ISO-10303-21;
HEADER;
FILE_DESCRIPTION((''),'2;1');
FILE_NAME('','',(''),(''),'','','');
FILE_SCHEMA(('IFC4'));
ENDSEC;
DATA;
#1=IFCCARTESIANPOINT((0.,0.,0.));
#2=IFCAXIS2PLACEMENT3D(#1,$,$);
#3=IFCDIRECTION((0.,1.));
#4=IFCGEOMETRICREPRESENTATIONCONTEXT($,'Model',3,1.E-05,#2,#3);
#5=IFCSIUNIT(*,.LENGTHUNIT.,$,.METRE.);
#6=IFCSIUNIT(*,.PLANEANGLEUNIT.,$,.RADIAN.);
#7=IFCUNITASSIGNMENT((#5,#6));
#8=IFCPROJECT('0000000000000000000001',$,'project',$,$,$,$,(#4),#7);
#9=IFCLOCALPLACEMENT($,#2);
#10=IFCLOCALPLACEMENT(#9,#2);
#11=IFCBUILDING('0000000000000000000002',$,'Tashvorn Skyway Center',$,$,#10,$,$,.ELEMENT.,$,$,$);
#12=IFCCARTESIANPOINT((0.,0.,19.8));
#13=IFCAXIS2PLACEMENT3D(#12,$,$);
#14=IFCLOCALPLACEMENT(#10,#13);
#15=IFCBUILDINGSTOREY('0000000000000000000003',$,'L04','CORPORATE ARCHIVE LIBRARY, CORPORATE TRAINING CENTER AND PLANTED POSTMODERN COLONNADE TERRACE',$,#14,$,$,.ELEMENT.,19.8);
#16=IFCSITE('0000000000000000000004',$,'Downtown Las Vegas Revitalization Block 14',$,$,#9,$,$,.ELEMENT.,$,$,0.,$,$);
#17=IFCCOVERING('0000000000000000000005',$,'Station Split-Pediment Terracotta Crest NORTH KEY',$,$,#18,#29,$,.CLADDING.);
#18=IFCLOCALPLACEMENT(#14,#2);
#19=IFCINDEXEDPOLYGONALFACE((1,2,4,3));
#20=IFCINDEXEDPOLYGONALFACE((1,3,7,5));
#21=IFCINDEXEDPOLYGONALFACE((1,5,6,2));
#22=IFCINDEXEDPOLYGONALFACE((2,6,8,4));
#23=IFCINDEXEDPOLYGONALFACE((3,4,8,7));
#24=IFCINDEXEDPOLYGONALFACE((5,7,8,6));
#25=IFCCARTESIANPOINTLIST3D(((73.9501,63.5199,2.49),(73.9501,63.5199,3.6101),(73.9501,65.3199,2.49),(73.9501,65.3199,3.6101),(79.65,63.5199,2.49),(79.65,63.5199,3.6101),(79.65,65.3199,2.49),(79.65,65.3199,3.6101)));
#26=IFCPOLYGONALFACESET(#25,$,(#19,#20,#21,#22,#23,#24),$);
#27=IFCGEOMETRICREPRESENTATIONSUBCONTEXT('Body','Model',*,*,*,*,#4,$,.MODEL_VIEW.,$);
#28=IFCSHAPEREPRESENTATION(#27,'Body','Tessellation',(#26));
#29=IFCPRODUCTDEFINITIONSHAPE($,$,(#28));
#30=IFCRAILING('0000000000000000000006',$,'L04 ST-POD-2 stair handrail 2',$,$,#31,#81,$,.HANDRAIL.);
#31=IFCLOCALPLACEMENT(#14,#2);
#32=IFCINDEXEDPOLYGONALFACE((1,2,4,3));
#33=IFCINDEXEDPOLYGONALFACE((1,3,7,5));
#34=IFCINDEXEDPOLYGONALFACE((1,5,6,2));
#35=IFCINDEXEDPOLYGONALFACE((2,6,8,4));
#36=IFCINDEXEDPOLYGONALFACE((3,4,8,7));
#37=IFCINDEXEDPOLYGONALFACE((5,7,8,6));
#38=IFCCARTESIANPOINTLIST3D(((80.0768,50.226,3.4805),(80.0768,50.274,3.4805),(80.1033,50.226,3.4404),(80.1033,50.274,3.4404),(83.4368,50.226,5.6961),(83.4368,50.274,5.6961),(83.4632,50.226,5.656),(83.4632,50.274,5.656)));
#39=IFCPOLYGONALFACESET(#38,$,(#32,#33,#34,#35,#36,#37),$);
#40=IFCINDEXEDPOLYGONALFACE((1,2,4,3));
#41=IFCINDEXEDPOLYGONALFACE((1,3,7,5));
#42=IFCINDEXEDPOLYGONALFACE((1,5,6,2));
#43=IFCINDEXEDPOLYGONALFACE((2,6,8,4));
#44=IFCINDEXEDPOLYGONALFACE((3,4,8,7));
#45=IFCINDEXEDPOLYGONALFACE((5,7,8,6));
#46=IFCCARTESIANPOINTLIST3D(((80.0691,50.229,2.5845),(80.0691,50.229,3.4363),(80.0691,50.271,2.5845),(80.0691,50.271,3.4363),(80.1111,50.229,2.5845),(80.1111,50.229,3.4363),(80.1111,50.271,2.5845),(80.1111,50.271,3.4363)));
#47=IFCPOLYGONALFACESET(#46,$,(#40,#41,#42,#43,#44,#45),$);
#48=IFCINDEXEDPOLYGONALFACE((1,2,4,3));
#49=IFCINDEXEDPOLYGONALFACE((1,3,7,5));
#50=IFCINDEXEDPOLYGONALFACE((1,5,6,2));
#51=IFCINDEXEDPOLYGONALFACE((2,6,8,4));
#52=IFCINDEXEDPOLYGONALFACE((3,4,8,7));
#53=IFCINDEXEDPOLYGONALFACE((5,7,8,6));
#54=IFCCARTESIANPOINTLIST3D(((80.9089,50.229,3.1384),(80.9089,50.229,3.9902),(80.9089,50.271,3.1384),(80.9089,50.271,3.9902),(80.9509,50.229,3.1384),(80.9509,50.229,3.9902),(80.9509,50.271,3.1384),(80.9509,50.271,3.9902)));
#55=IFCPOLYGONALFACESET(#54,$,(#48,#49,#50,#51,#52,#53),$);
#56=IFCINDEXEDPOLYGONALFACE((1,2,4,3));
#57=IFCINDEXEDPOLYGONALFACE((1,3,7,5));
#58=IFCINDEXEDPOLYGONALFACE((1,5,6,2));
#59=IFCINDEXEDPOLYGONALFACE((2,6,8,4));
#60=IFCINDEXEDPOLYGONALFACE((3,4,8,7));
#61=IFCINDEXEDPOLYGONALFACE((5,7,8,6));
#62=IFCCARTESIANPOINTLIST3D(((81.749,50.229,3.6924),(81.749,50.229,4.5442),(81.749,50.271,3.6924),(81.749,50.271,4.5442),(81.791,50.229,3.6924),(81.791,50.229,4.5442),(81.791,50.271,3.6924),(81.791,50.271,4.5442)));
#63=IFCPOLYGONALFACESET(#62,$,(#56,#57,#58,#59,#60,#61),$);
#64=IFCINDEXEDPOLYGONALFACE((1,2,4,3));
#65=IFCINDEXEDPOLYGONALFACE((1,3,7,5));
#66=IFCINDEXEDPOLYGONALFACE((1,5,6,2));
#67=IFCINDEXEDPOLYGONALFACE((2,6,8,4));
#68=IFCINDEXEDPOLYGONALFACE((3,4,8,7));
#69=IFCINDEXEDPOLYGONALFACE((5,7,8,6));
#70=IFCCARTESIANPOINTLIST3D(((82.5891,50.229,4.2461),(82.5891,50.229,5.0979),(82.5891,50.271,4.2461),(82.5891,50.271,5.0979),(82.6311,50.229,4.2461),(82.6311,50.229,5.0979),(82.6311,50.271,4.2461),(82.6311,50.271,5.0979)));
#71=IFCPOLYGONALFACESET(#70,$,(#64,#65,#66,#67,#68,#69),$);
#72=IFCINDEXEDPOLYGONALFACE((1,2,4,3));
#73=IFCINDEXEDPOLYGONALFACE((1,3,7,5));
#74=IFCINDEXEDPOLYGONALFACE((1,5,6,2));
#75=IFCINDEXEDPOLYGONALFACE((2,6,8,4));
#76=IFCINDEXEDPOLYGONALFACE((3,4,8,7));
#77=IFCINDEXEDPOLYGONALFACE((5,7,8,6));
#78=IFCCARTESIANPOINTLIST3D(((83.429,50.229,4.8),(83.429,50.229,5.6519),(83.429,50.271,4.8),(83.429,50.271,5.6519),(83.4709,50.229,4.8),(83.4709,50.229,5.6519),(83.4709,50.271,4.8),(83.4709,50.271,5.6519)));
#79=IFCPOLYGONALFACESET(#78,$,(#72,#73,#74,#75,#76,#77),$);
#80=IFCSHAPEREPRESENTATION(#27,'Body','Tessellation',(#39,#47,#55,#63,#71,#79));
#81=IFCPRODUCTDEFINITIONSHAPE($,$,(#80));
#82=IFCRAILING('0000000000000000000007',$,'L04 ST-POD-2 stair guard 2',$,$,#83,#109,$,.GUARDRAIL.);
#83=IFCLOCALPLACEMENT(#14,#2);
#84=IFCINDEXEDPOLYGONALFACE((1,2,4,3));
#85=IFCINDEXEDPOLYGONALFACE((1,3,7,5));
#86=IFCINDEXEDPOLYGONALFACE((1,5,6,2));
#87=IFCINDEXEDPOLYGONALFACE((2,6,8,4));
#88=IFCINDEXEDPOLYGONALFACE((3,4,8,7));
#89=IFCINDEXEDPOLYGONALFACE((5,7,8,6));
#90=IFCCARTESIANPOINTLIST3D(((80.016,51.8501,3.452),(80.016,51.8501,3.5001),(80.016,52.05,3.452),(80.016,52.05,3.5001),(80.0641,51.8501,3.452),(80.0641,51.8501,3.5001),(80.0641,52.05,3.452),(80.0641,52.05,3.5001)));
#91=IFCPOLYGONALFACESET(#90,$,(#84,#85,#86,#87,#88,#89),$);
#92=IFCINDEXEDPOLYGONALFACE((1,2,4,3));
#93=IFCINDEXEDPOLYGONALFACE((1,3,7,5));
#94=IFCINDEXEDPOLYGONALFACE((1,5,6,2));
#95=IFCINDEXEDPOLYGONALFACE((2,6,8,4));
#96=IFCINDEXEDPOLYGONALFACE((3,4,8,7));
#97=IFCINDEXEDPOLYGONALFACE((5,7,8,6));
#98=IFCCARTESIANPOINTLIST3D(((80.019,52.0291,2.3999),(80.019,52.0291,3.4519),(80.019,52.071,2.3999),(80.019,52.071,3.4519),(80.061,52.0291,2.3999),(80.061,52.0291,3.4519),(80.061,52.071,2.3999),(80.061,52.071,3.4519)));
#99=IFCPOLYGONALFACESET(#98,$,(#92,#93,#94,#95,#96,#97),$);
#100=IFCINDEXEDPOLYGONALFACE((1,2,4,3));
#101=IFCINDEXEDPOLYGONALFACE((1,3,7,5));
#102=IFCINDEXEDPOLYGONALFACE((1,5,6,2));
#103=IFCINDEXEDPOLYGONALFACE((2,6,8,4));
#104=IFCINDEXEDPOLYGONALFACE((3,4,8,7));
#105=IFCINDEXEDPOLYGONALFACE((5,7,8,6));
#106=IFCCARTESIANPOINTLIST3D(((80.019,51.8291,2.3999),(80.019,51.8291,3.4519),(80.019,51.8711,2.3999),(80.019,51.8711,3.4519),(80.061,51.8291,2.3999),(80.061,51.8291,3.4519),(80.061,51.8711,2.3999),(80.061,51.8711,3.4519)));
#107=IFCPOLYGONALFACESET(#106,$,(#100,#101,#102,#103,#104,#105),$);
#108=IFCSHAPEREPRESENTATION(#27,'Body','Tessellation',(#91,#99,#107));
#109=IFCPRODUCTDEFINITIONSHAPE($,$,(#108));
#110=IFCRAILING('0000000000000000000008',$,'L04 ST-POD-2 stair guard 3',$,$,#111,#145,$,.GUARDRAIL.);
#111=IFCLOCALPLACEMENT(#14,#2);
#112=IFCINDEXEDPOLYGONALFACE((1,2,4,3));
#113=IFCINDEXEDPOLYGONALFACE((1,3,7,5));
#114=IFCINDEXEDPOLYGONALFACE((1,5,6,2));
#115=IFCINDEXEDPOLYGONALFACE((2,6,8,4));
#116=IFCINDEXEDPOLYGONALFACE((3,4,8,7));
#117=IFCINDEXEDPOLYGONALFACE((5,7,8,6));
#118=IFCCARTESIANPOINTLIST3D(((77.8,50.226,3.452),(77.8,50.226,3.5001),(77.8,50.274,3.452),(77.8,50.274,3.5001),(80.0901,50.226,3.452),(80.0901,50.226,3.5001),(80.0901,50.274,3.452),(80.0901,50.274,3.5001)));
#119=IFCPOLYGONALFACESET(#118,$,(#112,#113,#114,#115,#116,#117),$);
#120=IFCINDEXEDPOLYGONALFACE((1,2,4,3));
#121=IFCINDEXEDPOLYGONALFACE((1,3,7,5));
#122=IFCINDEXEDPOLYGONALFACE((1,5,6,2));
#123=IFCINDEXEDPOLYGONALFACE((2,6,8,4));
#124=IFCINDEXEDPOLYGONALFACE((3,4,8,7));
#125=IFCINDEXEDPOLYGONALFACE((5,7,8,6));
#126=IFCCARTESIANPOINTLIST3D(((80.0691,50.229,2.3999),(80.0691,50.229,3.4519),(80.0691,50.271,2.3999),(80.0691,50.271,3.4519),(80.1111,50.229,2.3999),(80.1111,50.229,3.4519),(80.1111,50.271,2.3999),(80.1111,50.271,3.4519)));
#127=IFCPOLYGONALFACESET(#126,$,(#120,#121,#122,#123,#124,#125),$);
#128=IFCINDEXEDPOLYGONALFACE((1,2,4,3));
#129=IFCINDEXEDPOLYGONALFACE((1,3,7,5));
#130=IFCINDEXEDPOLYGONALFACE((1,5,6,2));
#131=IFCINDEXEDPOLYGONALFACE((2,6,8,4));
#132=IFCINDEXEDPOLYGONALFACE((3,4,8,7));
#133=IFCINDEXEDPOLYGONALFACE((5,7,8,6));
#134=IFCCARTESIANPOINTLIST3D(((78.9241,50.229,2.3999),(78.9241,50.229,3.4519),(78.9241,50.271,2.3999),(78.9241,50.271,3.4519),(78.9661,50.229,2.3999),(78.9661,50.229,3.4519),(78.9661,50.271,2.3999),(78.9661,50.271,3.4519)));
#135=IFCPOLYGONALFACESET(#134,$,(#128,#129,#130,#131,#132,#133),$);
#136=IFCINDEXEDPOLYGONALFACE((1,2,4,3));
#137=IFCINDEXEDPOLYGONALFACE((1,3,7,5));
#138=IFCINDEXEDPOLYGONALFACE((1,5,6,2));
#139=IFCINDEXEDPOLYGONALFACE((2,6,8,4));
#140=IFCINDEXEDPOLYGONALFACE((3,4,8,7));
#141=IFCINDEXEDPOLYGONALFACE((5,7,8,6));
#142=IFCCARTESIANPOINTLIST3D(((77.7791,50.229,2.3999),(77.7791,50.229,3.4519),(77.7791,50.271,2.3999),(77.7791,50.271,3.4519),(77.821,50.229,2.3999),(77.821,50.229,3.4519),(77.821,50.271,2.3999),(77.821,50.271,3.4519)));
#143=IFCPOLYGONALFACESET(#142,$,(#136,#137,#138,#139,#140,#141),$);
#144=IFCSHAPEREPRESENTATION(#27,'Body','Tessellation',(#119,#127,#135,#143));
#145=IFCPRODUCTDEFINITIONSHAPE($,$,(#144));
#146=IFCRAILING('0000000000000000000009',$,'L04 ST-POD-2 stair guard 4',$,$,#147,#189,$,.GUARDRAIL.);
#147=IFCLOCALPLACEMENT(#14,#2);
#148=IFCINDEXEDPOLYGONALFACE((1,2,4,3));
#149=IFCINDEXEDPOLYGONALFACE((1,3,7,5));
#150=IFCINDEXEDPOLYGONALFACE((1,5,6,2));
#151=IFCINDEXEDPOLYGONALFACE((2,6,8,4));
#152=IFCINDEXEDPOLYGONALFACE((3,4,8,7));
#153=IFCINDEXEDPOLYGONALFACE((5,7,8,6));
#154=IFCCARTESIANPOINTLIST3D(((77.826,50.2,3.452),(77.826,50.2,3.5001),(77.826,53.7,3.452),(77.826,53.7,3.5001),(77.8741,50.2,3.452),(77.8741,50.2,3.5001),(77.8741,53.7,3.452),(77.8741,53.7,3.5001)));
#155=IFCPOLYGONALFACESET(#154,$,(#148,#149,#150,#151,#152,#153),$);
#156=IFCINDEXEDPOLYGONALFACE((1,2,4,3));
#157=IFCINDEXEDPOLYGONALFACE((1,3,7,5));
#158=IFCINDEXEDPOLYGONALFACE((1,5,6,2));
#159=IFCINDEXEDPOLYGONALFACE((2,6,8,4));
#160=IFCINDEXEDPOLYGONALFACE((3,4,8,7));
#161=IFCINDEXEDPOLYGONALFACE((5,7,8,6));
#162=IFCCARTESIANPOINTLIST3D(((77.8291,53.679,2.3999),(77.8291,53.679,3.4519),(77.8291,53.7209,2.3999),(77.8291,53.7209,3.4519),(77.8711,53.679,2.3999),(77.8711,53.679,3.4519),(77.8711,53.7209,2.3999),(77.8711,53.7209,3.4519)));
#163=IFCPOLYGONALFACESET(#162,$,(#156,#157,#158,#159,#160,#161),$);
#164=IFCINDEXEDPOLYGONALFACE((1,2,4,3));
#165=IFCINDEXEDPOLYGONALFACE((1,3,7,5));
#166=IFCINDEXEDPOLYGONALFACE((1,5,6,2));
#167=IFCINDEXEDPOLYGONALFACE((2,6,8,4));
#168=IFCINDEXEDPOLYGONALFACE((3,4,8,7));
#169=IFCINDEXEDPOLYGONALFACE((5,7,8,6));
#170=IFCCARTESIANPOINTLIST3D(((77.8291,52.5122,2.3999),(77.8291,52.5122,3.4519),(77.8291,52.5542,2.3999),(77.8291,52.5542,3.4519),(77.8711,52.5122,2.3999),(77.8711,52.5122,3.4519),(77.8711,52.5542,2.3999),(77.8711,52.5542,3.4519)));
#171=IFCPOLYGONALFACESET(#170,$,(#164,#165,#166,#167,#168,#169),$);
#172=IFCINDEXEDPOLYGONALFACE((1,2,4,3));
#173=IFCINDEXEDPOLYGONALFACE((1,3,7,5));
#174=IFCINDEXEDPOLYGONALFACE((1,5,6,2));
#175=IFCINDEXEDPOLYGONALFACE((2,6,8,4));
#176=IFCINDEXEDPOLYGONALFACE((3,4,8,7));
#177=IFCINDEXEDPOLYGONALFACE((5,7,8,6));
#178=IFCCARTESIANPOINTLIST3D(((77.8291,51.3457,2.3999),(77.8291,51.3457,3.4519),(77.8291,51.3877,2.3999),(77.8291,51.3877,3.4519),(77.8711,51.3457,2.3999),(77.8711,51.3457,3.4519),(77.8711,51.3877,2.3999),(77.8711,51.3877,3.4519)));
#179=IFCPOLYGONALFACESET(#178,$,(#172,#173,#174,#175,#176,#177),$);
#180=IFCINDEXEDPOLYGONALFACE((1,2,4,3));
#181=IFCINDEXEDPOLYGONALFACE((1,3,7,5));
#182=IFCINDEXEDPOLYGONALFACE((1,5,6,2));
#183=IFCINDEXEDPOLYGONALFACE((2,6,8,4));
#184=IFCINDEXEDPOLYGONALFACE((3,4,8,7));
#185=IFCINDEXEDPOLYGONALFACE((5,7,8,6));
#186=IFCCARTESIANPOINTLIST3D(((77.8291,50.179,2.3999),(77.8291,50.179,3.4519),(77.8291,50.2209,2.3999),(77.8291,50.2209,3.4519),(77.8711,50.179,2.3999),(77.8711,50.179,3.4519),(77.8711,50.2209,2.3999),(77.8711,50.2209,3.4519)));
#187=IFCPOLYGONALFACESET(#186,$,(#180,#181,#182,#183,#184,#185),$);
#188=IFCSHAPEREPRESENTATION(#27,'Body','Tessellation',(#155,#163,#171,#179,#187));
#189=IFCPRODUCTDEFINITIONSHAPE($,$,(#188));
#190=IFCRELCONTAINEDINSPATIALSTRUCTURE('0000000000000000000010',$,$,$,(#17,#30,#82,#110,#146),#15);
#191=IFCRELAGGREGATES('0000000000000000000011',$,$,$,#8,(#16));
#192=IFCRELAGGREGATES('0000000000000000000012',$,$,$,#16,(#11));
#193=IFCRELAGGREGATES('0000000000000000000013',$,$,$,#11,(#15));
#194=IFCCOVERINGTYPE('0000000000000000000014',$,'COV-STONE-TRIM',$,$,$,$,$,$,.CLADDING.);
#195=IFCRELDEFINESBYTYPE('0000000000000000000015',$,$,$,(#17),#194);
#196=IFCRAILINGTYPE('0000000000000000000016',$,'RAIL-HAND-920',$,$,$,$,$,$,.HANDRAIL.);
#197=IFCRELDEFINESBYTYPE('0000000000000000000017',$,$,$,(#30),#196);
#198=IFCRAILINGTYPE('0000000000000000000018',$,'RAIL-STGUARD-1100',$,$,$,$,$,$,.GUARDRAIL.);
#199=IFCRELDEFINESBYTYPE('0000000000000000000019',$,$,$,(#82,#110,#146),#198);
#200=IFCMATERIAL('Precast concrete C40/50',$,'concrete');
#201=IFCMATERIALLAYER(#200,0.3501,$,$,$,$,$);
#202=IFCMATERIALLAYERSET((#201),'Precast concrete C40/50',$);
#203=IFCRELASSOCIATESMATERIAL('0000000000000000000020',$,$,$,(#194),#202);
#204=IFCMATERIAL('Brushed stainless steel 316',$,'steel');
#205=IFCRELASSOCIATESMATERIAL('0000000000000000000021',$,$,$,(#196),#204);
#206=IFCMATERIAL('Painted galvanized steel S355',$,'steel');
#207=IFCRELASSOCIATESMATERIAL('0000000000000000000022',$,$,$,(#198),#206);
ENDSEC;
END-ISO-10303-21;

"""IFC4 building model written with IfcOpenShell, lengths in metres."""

from ifc_helpers import new_model, si_unit, direction, frame, origin, origin_2d, place, context, subcontext, project, spatial, rectangle, extrude, material, layer, layer_set, type_object, element, save


model = new_model("IFC4")

# Units and contexts
model_context = context("Model", 3, precision=1e-05, world=origin(), true_north=direction((0.0, 1.0)))
body_context = subcontext(model_context, "Body", "Model", "MODEL_VIEW")
ifc_project = project(units=[si_unit("LENGTHUNIT", "METRE"), si_unit("PLANEANGLEUNIT", "RADIAN")], contexts=[model_context])

# Site, building, storey
site_placement = place(None, origin())
site = spatial("IfcSite", under=ifc_project, at=site_placement, Name="Downtown Las Vegas Revitalization Block 14", CompositionType="ELEMENT", RefElevation=0.0)
building_placement = place(site_placement, origin())
building = spatial("IfcBuilding", under=site, at=building_placement, Name="Tashvorn Skyway Center", CompositionType="ELEMENT")
storey_placement = place(building_placement, frame((0.0, 0.0, 19.8)))
storey = spatial("IfcBuildingStorey", under=building, at=storey_placement, Name="L04", Description="CORPORATE ARCHIVE LIBRARY, CORPORATE TRAINING CENTER AND PLANTED POSTMODERN COLONNADE TERRACE", CompositionType="ELEMENT", Elevation=19.8)

# Covering
ifc_material_1 = material(Name="Precast concrete C40/50", Category="concrete")
ifc_layer_1 = layer(ifc_material_1, 0.3501)
ifc_layer_set_1 = layer_set([ifc_layer_1], Name="Precast concrete C40/50")
covering_type = type_object("IfcCoveringType", Name="COV-STONE-TRIM", PredefinedType="CLADDING", material=ifc_layer_set_1)
covering_1_placement = place(storey_placement, frame((76.8, 64.4199, 2.49), z_axis=(0.0, 0.0, 1.0), x_axis=(1.0, 0.0, 0.0)))
element("IfcCovering", 1, at=covering_1_placement, inside=storey, type_object=covering_type, Name="Station Split-Pediment Terracotta Crest NORTH KEY", PredefinedType="CLADDING", context=body_context, shape_type="SweptSolid", body=[
    extrude(rectangle(XDim=5.7, YDim=1.8, at=origin_2d()), origin(), (0.0, 0.0, 1.0), 1.1201),
])

# Railings
ifc_material_2 = material(Name="Brushed stainless steel 316", Category="steel")
railing_type_1 = type_object("IfcRailingType", Name="RAIL-HAND-920", PredefinedType="HANDRAIL", material=ifc_material_2)
railing_1_placement = place(storey_placement, frame((80.0901, 50.25, 2.5845)))
element("IfcRailing", 2, at=railing_1_placement, inside=storey, type_object=railing_type_1, Name="L04 ST-POD-2 stair handrail 2", PredefinedType="HANDRAIL", context=body_context, shape_type="SweptSolid", body=[
    extrude(rectangle(XDim=0.0481, YDim=0.0481, at=origin_2d()), frame((0.0, 0.0, 0.876), z_axis=(0.83483, 0.0, 0.550508), x_axis=(0.0, 1.0, 0.0)), (0.0, 0.0, 1.0), 4.0247),
    extrude(rectangle(XDim=0.042, YDim=0.042, at=origin_2d()), origin(), (0.0, 0.0, 1.0), 0.8518),
    extrude(rectangle(XDim=0.042, YDim=0.042, at=origin_2d()), frame((0.8398, 0.0, 0.554)), (0.0, 0.0, 1.0), 0.8518),
    extrude(rectangle(XDim=0.042, YDim=0.042, at=origin_2d()), frame((1.6799, 0.0, 1.1079)), (0.0, 0.0, 1.0), 0.8518),
    extrude(rectangle(XDim=0.042, YDim=0.042, at=origin_2d()), frame((2.52, 0.0, 1.6616)), (0.0, 0.0, 1.0), 0.8518),
    extrude(rectangle(XDim=0.042, YDim=0.042, at=origin_2d()), frame((3.3599, 0.0, 2.2156)), (0.0, 0.0, 1.0), 0.8518),
])
ifc_material_3 = material(Name="Painted galvanized steel S355", Category="steel")
railing_type_2 = type_object("IfcRailingType", Name="RAIL-STGUARD-1100", PredefinedType="GUARDRAIL", material=ifc_material_3)
railing_2_placement = place(storey_placement, frame((80.04, 52.05, 2.3999)))
element("IfcRailing", 3, at=railing_2_placement, inside=storey, type_object=railing_type_2, Name="L04 ST-POD-2 stair guard 2", PredefinedType="GUARDRAIL", context=body_context, shape_type="SweptSolid", body=[
    extrude(rectangle(XDim=0.0481, YDim=0.0481, at=origin_2d()), frame((0.0, 0.0, 1.0762), z_axis=(0.0, -1.0, 0.0), x_axis=(1.0, 0.0, 0.0)), (0.0, 0.0, 1.0), 0.2),
    extrude(rectangle(XDim=0.042, YDim=0.042, at=origin_2d()), origin(), (0.0, 0.0, 1.0), 1.052),
    extrude(rectangle(XDim=0.042, YDim=0.042, at=origin_2d()), frame((0.0, -0.2, 0.0)), (0.0, 0.0, 1.0), 1.052),
])
railing_3_placement = place(storey_placement, frame((80.0901, 50.25, 2.3999)))
element("IfcRailing", 4, at=railing_3_placement, inside=storey, type_object=railing_type_2, Name="L04 ST-POD-2 stair guard 3", PredefinedType="GUARDRAIL", context=body_context, shape_type="SweptSolid", body=[
    extrude(rectangle(XDim=0.0481, YDim=0.0481, at=origin_2d()), frame((0.0, 0.0, 1.0762), z_axis=(-1.0, 0.0, 0.0), x_axis=(0.0, -1.0, 0.0)), (0.0, 0.0, 1.0), 2.29),
    extrude(rectangle(XDim=0.042, YDim=0.042, at=origin_2d()), origin(), (0.0, 0.0, 1.0), 1.052),
    extrude(rectangle(XDim=0.042, YDim=0.042, at=origin_2d()), frame((-1.145, 0.0, 0.0)), (0.0, 0.0, 1.0), 1.052),
    extrude(rectangle(XDim=0.042, YDim=0.042, at=origin_2d()), frame((-2.29, 0.0, 0.0)), (0.0, 0.0, 1.0), 1.052),
])
railing_4_placement = place(storey_placement, frame((77.8501, 53.7, 2.3999)))
element("IfcRailing", 5, at=railing_4_placement, inside=storey, type_object=railing_type_2, Name="L04 ST-POD-2 stair guard 4", PredefinedType="GUARDRAIL", context=body_context, shape_type="SweptSolid", body=[
    extrude(rectangle(XDim=0.0481, YDim=0.0481, at=origin_2d()), frame((0.0, 0.0, 1.0762), z_axis=(0.0, -1.0, 0.0), x_axis=(1.0, 0.0, 0.0)), (0.0, 0.0, 1.0), 3.5),
    extrude(rectangle(XDim=0.042, YDim=0.042, at=origin_2d()), origin(), (0.0, 0.0, 1.0), 1.052),
    extrude(rectangle(XDim=0.042, YDim=0.042, at=origin_2d()), frame((0.0, -1.1667, 0.0)), (0.0, 0.0, 1.0), 1.052),
    extrude(rectangle(XDim=0.042, YDim=0.042, at=origin_2d()), frame((0.0, -2.3333, 0.0)), (0.0, 0.0, 1.0), 1.052),
    extrude(rectangle(XDim=0.042, YDim=0.042, at=origin_2d()), frame((0.0, -3.5, 0.0)), (0.0, 0.0, 1.0), 1.052),
])

save(model, "model.ifc")
